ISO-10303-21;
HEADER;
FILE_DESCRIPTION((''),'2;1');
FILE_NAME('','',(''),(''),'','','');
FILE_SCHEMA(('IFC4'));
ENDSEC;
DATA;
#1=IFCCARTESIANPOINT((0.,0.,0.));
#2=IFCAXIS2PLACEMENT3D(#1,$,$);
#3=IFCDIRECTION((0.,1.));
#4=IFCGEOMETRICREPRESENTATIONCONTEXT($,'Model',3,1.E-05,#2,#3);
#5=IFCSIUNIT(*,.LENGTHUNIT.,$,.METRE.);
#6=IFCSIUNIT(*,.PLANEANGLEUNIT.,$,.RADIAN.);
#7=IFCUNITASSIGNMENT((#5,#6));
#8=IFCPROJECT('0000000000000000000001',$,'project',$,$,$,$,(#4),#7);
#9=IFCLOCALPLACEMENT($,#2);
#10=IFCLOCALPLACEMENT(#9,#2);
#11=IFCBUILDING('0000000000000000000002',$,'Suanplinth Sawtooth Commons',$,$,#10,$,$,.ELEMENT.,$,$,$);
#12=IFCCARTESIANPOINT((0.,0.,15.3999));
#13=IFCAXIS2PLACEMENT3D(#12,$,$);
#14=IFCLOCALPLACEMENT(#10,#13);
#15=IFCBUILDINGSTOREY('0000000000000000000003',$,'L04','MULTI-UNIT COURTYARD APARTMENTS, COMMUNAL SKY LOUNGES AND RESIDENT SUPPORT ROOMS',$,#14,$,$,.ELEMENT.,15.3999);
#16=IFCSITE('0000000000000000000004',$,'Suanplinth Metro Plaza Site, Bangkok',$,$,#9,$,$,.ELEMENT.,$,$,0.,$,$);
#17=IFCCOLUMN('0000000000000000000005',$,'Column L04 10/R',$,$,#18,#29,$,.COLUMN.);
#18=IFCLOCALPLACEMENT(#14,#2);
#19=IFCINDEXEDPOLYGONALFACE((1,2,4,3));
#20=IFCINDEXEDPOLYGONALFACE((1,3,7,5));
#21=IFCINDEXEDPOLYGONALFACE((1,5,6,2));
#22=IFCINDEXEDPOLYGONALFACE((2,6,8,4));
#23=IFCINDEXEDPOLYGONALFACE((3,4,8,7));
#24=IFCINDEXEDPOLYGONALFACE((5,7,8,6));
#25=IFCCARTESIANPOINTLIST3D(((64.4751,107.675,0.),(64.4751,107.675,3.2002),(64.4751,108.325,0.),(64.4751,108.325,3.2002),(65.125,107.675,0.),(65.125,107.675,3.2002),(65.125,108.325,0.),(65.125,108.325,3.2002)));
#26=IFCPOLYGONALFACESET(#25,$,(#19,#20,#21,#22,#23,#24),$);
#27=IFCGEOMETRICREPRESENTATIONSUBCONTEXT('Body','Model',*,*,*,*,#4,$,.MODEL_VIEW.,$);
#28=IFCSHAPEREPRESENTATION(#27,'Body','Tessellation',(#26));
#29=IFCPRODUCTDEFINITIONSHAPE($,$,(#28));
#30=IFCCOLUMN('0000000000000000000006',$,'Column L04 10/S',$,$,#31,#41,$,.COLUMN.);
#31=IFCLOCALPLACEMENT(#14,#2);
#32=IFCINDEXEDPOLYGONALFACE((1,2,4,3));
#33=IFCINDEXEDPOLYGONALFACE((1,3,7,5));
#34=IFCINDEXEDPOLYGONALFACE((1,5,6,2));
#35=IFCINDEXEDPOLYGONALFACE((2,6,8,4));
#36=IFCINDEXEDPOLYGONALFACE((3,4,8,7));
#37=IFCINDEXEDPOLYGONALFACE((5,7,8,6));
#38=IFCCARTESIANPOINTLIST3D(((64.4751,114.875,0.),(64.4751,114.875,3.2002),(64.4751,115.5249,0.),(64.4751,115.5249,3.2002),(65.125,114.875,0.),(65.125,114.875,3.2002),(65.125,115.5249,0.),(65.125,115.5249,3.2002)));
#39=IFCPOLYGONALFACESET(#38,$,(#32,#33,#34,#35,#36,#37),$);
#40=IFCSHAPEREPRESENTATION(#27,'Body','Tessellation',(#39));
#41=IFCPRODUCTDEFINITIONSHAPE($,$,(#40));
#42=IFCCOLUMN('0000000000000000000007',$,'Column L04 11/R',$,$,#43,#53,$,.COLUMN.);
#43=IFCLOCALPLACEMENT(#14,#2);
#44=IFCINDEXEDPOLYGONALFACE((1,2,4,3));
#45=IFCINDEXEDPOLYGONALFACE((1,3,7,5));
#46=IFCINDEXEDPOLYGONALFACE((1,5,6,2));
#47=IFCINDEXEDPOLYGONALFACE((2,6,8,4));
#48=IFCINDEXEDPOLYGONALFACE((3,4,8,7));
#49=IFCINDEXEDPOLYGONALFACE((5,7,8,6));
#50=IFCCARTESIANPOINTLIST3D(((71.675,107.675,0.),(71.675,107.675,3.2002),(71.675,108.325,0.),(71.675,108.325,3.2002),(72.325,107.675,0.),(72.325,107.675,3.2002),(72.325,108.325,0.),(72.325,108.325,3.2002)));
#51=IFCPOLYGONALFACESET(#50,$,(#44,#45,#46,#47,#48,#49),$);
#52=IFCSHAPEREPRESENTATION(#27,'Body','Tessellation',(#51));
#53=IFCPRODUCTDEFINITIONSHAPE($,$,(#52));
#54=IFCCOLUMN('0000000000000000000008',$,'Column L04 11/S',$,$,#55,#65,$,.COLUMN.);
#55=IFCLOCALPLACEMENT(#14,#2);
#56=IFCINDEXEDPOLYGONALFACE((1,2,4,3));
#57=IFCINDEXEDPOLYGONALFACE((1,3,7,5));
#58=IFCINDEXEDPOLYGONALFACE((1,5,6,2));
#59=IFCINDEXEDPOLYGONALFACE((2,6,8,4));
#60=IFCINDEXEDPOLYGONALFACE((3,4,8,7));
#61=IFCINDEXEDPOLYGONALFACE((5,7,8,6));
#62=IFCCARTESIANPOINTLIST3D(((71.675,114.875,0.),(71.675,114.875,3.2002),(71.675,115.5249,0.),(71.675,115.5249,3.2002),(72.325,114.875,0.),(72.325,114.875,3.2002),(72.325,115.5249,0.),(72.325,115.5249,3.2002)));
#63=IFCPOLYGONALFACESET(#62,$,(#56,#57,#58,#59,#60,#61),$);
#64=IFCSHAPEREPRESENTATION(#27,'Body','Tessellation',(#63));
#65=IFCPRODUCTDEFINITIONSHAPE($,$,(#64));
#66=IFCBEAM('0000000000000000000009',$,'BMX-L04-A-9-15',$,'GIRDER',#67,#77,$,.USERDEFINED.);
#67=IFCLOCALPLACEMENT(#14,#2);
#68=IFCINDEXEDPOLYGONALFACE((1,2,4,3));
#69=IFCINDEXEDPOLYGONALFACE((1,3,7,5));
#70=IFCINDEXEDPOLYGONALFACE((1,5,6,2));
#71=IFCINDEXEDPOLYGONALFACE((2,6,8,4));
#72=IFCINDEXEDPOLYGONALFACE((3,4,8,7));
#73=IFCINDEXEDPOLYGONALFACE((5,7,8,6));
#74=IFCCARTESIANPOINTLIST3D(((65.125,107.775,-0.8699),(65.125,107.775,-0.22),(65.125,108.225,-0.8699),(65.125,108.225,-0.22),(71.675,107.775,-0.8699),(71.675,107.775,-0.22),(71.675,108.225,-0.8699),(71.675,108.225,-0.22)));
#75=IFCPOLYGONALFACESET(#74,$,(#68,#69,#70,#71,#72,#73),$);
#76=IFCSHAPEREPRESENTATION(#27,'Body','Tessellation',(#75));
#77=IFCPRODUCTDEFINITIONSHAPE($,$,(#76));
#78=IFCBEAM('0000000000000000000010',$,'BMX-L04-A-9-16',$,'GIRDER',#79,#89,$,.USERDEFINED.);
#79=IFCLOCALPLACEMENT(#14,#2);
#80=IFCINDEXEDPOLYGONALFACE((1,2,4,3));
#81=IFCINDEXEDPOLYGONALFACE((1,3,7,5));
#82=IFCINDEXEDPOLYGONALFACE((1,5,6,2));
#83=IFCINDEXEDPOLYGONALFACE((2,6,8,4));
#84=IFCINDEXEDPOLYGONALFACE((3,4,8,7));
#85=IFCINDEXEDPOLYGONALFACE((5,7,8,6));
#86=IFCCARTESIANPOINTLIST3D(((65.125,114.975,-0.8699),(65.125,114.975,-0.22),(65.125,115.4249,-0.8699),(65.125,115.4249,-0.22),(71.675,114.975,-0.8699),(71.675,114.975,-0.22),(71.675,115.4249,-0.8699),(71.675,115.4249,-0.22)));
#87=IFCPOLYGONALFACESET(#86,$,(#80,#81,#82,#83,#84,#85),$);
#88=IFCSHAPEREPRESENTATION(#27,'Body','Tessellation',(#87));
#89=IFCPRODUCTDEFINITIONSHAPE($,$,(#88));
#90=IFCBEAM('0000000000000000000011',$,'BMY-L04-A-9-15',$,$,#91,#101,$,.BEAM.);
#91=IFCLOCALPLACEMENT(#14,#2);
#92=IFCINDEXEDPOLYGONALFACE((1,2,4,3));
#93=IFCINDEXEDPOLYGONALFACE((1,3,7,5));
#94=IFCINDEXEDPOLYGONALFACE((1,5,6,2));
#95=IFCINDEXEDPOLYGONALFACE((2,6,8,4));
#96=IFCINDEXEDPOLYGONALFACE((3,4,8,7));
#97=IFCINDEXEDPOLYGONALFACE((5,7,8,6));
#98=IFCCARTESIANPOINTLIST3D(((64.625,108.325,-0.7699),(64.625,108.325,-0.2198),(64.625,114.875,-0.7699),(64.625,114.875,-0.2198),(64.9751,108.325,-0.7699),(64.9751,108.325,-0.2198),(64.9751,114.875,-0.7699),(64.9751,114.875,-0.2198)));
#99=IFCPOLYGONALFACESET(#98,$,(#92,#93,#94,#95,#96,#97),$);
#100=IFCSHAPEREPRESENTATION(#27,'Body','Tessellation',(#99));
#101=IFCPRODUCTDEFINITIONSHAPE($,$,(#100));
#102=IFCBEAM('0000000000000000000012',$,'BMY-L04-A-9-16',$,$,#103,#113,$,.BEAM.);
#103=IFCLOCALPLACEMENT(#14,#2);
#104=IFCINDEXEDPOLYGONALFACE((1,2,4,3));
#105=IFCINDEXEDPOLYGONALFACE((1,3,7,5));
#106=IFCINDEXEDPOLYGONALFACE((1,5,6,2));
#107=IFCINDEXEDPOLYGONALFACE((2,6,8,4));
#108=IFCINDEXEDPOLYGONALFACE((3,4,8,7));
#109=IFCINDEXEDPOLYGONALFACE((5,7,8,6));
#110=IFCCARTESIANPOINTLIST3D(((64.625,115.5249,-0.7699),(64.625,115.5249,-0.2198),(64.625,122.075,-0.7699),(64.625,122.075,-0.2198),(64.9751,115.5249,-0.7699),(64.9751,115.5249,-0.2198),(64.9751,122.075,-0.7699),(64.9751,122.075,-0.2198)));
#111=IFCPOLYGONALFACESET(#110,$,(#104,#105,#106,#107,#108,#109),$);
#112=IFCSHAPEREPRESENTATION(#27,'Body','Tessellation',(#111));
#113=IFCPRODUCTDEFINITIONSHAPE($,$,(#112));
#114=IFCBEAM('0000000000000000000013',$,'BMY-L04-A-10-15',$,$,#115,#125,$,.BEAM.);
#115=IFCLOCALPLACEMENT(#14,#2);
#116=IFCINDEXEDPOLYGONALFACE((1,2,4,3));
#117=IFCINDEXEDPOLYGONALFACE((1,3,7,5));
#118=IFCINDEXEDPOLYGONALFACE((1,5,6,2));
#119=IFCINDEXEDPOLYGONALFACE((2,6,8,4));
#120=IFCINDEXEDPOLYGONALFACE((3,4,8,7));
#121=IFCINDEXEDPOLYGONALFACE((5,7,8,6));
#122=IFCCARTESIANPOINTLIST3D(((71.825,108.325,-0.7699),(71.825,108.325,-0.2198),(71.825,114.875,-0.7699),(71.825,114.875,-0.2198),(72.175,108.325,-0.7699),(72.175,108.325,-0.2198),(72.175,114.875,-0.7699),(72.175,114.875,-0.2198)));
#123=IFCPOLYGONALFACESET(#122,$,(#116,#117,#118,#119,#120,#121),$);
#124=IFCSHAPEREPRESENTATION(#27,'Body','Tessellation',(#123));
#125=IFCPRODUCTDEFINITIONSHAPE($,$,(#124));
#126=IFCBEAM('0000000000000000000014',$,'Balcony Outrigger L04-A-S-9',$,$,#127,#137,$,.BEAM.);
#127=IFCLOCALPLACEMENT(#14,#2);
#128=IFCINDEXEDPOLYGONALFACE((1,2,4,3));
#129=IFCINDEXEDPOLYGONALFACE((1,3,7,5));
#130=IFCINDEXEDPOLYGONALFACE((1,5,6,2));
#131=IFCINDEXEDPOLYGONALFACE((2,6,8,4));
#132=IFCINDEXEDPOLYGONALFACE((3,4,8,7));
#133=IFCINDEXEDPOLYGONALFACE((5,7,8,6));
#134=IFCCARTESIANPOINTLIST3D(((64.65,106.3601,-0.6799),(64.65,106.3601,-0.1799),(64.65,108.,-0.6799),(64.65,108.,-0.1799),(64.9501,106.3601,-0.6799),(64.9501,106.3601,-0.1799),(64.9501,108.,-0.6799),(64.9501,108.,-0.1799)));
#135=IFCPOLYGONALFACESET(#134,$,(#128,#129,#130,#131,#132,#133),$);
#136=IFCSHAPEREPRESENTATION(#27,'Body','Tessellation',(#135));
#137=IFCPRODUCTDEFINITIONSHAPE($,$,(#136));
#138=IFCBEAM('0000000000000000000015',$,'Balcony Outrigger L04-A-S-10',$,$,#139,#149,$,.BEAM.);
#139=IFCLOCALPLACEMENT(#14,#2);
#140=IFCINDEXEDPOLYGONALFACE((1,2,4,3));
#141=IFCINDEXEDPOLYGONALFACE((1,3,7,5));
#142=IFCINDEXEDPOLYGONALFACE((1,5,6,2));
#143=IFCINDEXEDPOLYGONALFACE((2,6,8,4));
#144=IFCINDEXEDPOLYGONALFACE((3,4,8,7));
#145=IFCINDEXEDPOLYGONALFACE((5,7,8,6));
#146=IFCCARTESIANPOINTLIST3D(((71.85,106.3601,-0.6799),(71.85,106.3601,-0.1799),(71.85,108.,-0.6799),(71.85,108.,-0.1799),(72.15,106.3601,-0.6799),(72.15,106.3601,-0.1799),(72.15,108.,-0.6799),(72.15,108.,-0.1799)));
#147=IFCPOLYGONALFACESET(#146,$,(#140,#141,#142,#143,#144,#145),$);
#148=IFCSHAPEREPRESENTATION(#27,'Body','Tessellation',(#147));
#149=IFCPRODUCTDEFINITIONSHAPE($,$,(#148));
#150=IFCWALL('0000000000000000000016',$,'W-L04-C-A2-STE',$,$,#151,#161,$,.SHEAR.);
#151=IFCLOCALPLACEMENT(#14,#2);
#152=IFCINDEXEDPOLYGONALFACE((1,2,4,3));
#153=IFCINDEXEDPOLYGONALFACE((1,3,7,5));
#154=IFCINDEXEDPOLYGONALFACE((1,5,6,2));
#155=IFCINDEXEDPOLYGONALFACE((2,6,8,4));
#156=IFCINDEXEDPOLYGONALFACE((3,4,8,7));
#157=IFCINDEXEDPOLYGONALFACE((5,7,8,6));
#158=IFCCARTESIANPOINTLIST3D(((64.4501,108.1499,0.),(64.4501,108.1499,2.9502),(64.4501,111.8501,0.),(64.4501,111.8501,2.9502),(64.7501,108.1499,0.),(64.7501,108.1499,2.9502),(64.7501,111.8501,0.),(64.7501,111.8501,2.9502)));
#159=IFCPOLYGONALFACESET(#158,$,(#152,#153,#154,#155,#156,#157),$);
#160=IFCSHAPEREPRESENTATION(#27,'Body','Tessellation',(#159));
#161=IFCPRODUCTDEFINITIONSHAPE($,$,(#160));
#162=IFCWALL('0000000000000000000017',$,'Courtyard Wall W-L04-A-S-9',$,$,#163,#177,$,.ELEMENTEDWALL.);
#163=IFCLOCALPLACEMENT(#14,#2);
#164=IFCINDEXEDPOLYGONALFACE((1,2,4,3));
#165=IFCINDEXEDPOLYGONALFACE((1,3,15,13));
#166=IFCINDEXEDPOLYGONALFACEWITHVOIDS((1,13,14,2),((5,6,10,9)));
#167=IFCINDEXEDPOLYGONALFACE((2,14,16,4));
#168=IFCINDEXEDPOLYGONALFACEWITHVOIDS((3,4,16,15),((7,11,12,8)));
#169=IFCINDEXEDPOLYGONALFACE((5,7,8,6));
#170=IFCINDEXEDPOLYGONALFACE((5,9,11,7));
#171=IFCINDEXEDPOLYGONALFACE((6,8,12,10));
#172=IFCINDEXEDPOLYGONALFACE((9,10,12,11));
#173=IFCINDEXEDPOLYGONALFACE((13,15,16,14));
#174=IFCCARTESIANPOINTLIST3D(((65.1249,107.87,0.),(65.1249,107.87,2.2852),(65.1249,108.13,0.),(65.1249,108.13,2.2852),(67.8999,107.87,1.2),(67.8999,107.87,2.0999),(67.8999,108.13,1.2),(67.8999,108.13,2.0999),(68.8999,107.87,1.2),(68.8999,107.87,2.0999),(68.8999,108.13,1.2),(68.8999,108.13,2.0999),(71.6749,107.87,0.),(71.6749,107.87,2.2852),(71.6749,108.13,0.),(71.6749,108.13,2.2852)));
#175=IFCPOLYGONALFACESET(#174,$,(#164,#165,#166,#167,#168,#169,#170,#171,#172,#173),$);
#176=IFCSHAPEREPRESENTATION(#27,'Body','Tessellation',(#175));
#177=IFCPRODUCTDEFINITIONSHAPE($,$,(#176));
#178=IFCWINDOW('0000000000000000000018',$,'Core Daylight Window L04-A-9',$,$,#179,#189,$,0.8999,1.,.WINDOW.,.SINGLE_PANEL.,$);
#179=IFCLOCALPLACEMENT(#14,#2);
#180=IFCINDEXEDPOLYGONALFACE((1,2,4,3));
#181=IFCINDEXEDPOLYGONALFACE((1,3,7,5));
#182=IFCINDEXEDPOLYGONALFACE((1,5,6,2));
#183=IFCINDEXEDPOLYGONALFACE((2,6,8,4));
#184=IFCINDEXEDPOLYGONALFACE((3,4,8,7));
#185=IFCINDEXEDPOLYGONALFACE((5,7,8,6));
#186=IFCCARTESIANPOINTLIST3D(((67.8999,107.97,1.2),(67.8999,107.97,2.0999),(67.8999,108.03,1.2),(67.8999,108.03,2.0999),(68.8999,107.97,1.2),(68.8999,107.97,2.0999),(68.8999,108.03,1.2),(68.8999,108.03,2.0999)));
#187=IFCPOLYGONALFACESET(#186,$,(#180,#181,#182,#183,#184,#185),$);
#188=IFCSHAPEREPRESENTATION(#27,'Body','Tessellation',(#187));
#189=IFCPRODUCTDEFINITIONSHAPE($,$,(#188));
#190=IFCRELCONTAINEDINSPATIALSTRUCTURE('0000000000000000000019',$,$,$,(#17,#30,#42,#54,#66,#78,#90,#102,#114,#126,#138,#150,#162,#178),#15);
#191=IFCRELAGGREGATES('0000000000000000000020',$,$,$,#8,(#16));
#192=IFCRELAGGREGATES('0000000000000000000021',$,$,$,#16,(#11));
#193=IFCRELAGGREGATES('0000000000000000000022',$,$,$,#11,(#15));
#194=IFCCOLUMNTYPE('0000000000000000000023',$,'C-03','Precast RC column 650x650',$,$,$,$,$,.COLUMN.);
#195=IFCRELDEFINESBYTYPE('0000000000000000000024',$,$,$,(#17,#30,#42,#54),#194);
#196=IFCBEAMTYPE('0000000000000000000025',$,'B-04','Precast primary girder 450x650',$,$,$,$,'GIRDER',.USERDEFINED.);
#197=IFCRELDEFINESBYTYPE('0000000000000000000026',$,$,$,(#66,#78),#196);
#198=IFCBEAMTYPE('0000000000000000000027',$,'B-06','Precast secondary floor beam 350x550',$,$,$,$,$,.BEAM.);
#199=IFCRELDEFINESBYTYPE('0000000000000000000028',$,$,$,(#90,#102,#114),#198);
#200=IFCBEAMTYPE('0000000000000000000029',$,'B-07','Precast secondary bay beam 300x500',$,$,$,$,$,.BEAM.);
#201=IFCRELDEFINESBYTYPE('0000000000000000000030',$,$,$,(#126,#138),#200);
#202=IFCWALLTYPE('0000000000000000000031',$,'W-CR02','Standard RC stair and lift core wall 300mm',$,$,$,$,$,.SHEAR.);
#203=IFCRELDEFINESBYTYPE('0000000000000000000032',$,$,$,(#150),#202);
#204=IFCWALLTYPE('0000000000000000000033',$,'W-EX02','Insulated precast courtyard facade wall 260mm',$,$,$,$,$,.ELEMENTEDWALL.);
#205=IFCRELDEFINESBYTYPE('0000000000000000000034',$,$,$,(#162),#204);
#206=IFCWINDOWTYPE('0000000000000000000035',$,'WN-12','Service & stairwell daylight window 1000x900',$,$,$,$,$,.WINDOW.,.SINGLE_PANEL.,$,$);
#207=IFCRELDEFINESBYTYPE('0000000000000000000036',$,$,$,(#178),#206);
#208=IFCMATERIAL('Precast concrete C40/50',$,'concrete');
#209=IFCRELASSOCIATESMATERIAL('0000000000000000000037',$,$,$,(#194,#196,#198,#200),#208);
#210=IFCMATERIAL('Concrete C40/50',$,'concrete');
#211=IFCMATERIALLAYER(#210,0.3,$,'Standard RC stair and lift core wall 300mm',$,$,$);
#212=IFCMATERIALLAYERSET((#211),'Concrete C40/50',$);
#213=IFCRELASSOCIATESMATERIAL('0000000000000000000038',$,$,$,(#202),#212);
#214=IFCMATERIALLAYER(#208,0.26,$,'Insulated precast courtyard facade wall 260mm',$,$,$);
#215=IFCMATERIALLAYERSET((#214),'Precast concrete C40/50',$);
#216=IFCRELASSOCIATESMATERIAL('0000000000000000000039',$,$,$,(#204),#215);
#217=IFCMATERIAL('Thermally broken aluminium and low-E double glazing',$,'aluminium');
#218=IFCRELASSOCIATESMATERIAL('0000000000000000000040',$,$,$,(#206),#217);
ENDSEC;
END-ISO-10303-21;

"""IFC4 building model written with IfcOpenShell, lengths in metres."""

from ifc_helpers import new_model, si_unit, direction, frame, frame_2d, origin, origin_2d, place, context, subcontext, project, spatial, rectangle, extrude, material, layer, layer_set, material_profile, profile_set, type_object, element, fill, save


model = new_model("IFC4")

# Units and contexts
model_context = context("Model", 3, precision=1e-05, world=origin(), true_north=direction((0.0, 1.0)))
body_context = subcontext(model_context, "Body", "Model", "MODEL_VIEW")
ifc_project = project(units=[si_unit("LENGTHUNIT", "METRE"), si_unit("PLANEANGLEUNIT", "RADIAN")], contexts=[model_context])

# Site, building, storey
site_placement = place(None, origin())
site = spatial("IfcSite", under=ifc_project, at=site_placement, Name="Suanplinth Metro Plaza Site, Bangkok", CompositionType="ELEMENT", RefElevation=0.0)
building_placement = place(site_placement, origin())
building = spatial("IfcBuilding", under=site, at=building_placement, Name="Suanplinth Sawtooth Commons", CompositionType="ELEMENT")
storey_placement = place(building_placement, frame((0.0, 0.0, 15.3999)))
storey = spatial("IfcBuildingStorey", under=building, at=storey_placement, Name="L04", Description="MULTI-UNIT COURTYARD APARTMENTS, COMMUNAL SKY LOUNGES AND RESIDENT SUPPORT ROOMS", CompositionType="ELEMENT", Elevation=15.3999)

# Columns
ifc_material_1 = material(Name="Precast concrete C40/50", Category="concrete")
ifc_material_profile_1 = material_profile(ifc_material_1, rectangle(XDim=0.6499, YDim=0.6499, at=origin_2d()), Name="PC-COL 650x650")
ifc_profile_set_1 = profile_set([ifc_material_profile_1], Name="Precast concrete C40/50")
column_type = type_object("IfcColumnType", Name="C-03", Description="Precast RC column 650x650", PredefinedType="COLUMN", material=ifc_profile_set_1)
for number, where, z_axis, x_axis, name in (
    (1, (64.8, 108.0, 0.0), (0.0, 0.0, 1.0), (1.0, 0.0, 0.0), "Column L04 10/R"),
    (2, (64.8, 115.2, 0.0), (0.0, 0.0, 1.0), (1.0, 0.0, 0.0), "Column L04 10/S"),
    (3, (72.0, 108.0, 0.0), (0.0, 0.0, 1.0), (1.0, 0.0, 0.0), "Column L04 11/R"),
    (4, (72.0, 115.2, 0.0), (0.0, 0.0, 1.0), (1.0, 0.0, 0.0), "Column L04 11/S"),
):
    element("IfcColumn", number, at=place(storey_placement, frame(where, z_axis=z_axis, x_axis=x_axis)), inside=storey, type_object=column_type, Name=name, PredefinedType="COLUMN", context=body_context, shape_type="SweptSolid", body=[
        extrude(rectangle(XDim=0.6499, YDim=0.6499, at=origin_2d()), origin(), (0.0, 0.0, 1.0), 3.2002),
    ])

# Beams
ifc_material_profile_2 = material_profile(ifc_material_1, rectangle(XDim=0.45, YDim=0.6499, at=origin_2d()), Name="PC-GDR 450x650")
ifc_profile_set_2 = profile_set([ifc_material_profile_2], Name="Precast concrete C40/50")
beam_type_1 = type_object("IfcBeamType", Name="B-04", Description="Precast primary girder 450x650", ElementType="GIRDER", PredefinedType="USERDEFINED", material=ifc_profile_set_2)
for number, where, z_axis, x_axis, name in (
    (5, (65.125, 108.0, -0.5449), (1.0, 0.0, 0.0), (0.0, 1.0, 0.0), "BMX-L04-A-9-15"),
    (6, (65.125, 115.2, -0.5449), (1.0, 0.0, 0.0), (0.0, 1.0, 0.0), "BMX-L04-A-9-16"),
):
    element("IfcBeam", number, at=place(storey_placement, frame(where, z_axis=z_axis, x_axis=x_axis)), inside=storey, type_object=beam_type_1, Name=name, ObjectType="GIRDER", PredefinedType="USERDEFINED", context=body_context, shape_type="SweptSolid", body=[
        extrude(rectangle(XDim=0.45, YDim=0.6499, at=origin_2d()), origin(), (0.0, 0.0, 1.0), 6.55),
    ])
ifc_material_profile_3 = material_profile(ifc_material_1, rectangle(XDim=0.3501, YDim=0.55, at=origin_2d()), Name="PC-BM 350x550")
ifc_profile_set_3 = profile_set([ifc_material_profile_3], Name="Precast concrete C40/50")
beam_type_2 = type_object("IfcBeamType", Name="B-06", Description="Precast secondary floor beam 350x550", PredefinedType="BEAM", material=ifc_profile_set_3)
for number, where, z_axis, x_axis, name in (
    (7, (64.8, 108.325, -0.4949), (0.0, 1.0, 0.0), (-1.0, 0.0, 0.0), "BMY-L04-A-9-15"),
    (8, (64.8, 115.5249, -0.4949), (0.0, 1.0, 0.0), (-1.0, 0.0, 0.0), "BMY-L04-A-9-16"),
    (9, (72.0, 108.325, -0.4949), (0.0, 1.0, 0.0), (-1.0, 0.0, 0.0), "BMY-L04-A-10-15"),
):
    element("IfcBeam", number, at=place(storey_placement, frame(where, z_axis=z_axis, x_axis=x_axis)), inside=storey, type_object=beam_type_2, Name=name, PredefinedType="BEAM", context=body_context, shape_type="SweptSolid", body=[
        extrude(rectangle(XDim=0.3501, YDim=0.55, at=origin_2d()), origin(), (0.0, 0.0, 1.0), 6.55),
    ])
ifc_material_profile_4 = material_profile(ifc_material_1, rectangle(XDim=0.3, YDim=0.5, at=origin_2d()), Name="PC-BM 300x500")
ifc_profile_set_4 = profile_set([ifc_material_profile_4], Name="Precast concrete C40/50")
beam_type_3 = type_object("IfcBeamType", Name="B-07", Description="Precast secondary bay beam 300x500", PredefinedType="BEAM", material=ifc_profile_set_4)
for number, where, z_axis, x_axis, name in (
    (10, (64.8, 108.0, -0.4299), (0.0, -1.0, 0.0), (1.0, 0.0, 0.0), "Balcony Outrigger L04-A-S-9"),
    (11, (72.0, 108.0, -0.4299), (0.0, -1.0, 0.0), (1.0, 0.0, 0.0), "Balcony Outrigger L04-A-S-10"),
):
    element("IfcBeam", number, at=place(storey_placement, frame(where, z_axis=z_axis, x_axis=x_axis)), inside=storey, type_object=beam_type_3, Name=name, PredefinedType="BEAM", context=body_context, shape_type="SweptSolid", body=[
        extrude(rectangle(XDim=0.3, YDim=0.5, at=origin_2d()), origin(), (0.0, 0.0, 1.0), 1.6399),
    ])

# Wall
ifc_material_2 = material(Name="Concrete C40/50", Category="concrete")
ifc_layer_1 = layer(ifc_material_2, 0.3, Name="Standard RC stair and lift core wall 300mm")
ifc_layer_set_1 = layer_set([ifc_layer_1], Name="Concrete C40/50")
wall_type_1 = type_object("IfcWallType", Name="W-CR02", Description="Standard RC stair and lift core wall 300mm", PredefinedType="SHEAR", material=ifc_layer_set_1)
wall_1_placement = place(storey_placement, frame((64.6001, 108.1499, 0.0), z_axis=(0.0, 0.0, 1.0), x_axis=(0.0, 1.0, 0.0)))
element("IfcWall", 12, at=wall_1_placement, inside=storey, type_object=wall_type_1, Name="W-L04-C-A2-STE", PredefinedType="SHEAR", context=body_context, shape_type="SweptSolid", body=[
    extrude(rectangle(XDim=3.7002, YDim=0.3, at=frame_2d((1.8501, 0.0))), origin(), (0.0, 0.0, 1.0), 2.9502),
])

# Wall, opening, window
ifc_layer_2 = layer(ifc_material_1, 0.26, Name="Insulated precast courtyard facade wall 260mm")
ifc_layer_set_2 = layer_set([ifc_layer_2], Name="Precast concrete C40/50")
wall_type_2 = type_object("IfcWallType", Name="W-EX02", Description="Insulated precast courtyard facade wall 260mm", PredefinedType="ELEMENTEDWALL", material=ifc_layer_set_2)
wall_2_placement = place(storey_placement, frame((65.125, 108.0, 0.0), z_axis=(0.0, 0.0, 1.0), x_axis=(1.0, 0.0, 0.0)))
wall_2 = element("IfcWall", 13, at=wall_2_placement, inside=storey, type_object=wall_type_2, Name="Courtyard Wall W-L04-A-S-9", PredefinedType="ELEMENTEDWALL", context=body_context, shape_type="SweptSolid", body=[
    extrude(rectangle(XDim=6.55, YDim=0.26, at=frame_2d((3.2749, 0.0))), origin(), (0.0, 0.0, 1.0), 2.2852),
])
opening_1_placement = place(wall_2_placement, frame((2.7749, 0.0, 1.2)))
opening_1 = element("IfcOpeningElement", 14, at=opening_1_placement, cuts=wall_2, PredefinedType="OPENING", context=body_context, shape_type="SweptSolid", body=[
    extrude(rectangle(XDim=1.0, YDim=0.8999, at=frame_2d((0.5, 0.45))), frame((0.0, 0.145, 0.0), z_axis=(0.0, -1.0, 0.0), x_axis=(1.0, 0.0, 0.0)), (0.0, 0.0, 1.0), 0.2898),
])
ifc_material_3 = material(Name="Thermally broken aluminium and low-E double glazing", Category="aluminium")
window_type = type_object("IfcWindowType", Name="WN-12", Description="Service & stairwell daylight window 1000x900", PartitioningType="SINGLE_PANEL", PredefinedType="WINDOW", material=ifc_material_3)
window_placement = place(opening_1_placement, origin())
window = element("IfcWindow", 15, at=window_placement, inside=storey, type_object=window_type, Name="Core Daylight Window L04-A-9", OverallHeight=0.8999, OverallWidth=1.0, PartitioningType="SINGLE_PANEL", PredefinedType="WINDOW", context=body_context, shape_type="SweptSolid", body=[
    extrude(rectangle(XDim=1.0, YDim=0.8999, at=frame_2d((0.5, 0.45))), frame((0.0, 0.03, 0.0), z_axis=(0.0, -1.0, 0.0), x_axis=(1.0, 0.0, 0.0)), (0.0, 0.0, 1.0), 0.0601),
])
fill(opening_1, window)

save(model, "model.ifc")
